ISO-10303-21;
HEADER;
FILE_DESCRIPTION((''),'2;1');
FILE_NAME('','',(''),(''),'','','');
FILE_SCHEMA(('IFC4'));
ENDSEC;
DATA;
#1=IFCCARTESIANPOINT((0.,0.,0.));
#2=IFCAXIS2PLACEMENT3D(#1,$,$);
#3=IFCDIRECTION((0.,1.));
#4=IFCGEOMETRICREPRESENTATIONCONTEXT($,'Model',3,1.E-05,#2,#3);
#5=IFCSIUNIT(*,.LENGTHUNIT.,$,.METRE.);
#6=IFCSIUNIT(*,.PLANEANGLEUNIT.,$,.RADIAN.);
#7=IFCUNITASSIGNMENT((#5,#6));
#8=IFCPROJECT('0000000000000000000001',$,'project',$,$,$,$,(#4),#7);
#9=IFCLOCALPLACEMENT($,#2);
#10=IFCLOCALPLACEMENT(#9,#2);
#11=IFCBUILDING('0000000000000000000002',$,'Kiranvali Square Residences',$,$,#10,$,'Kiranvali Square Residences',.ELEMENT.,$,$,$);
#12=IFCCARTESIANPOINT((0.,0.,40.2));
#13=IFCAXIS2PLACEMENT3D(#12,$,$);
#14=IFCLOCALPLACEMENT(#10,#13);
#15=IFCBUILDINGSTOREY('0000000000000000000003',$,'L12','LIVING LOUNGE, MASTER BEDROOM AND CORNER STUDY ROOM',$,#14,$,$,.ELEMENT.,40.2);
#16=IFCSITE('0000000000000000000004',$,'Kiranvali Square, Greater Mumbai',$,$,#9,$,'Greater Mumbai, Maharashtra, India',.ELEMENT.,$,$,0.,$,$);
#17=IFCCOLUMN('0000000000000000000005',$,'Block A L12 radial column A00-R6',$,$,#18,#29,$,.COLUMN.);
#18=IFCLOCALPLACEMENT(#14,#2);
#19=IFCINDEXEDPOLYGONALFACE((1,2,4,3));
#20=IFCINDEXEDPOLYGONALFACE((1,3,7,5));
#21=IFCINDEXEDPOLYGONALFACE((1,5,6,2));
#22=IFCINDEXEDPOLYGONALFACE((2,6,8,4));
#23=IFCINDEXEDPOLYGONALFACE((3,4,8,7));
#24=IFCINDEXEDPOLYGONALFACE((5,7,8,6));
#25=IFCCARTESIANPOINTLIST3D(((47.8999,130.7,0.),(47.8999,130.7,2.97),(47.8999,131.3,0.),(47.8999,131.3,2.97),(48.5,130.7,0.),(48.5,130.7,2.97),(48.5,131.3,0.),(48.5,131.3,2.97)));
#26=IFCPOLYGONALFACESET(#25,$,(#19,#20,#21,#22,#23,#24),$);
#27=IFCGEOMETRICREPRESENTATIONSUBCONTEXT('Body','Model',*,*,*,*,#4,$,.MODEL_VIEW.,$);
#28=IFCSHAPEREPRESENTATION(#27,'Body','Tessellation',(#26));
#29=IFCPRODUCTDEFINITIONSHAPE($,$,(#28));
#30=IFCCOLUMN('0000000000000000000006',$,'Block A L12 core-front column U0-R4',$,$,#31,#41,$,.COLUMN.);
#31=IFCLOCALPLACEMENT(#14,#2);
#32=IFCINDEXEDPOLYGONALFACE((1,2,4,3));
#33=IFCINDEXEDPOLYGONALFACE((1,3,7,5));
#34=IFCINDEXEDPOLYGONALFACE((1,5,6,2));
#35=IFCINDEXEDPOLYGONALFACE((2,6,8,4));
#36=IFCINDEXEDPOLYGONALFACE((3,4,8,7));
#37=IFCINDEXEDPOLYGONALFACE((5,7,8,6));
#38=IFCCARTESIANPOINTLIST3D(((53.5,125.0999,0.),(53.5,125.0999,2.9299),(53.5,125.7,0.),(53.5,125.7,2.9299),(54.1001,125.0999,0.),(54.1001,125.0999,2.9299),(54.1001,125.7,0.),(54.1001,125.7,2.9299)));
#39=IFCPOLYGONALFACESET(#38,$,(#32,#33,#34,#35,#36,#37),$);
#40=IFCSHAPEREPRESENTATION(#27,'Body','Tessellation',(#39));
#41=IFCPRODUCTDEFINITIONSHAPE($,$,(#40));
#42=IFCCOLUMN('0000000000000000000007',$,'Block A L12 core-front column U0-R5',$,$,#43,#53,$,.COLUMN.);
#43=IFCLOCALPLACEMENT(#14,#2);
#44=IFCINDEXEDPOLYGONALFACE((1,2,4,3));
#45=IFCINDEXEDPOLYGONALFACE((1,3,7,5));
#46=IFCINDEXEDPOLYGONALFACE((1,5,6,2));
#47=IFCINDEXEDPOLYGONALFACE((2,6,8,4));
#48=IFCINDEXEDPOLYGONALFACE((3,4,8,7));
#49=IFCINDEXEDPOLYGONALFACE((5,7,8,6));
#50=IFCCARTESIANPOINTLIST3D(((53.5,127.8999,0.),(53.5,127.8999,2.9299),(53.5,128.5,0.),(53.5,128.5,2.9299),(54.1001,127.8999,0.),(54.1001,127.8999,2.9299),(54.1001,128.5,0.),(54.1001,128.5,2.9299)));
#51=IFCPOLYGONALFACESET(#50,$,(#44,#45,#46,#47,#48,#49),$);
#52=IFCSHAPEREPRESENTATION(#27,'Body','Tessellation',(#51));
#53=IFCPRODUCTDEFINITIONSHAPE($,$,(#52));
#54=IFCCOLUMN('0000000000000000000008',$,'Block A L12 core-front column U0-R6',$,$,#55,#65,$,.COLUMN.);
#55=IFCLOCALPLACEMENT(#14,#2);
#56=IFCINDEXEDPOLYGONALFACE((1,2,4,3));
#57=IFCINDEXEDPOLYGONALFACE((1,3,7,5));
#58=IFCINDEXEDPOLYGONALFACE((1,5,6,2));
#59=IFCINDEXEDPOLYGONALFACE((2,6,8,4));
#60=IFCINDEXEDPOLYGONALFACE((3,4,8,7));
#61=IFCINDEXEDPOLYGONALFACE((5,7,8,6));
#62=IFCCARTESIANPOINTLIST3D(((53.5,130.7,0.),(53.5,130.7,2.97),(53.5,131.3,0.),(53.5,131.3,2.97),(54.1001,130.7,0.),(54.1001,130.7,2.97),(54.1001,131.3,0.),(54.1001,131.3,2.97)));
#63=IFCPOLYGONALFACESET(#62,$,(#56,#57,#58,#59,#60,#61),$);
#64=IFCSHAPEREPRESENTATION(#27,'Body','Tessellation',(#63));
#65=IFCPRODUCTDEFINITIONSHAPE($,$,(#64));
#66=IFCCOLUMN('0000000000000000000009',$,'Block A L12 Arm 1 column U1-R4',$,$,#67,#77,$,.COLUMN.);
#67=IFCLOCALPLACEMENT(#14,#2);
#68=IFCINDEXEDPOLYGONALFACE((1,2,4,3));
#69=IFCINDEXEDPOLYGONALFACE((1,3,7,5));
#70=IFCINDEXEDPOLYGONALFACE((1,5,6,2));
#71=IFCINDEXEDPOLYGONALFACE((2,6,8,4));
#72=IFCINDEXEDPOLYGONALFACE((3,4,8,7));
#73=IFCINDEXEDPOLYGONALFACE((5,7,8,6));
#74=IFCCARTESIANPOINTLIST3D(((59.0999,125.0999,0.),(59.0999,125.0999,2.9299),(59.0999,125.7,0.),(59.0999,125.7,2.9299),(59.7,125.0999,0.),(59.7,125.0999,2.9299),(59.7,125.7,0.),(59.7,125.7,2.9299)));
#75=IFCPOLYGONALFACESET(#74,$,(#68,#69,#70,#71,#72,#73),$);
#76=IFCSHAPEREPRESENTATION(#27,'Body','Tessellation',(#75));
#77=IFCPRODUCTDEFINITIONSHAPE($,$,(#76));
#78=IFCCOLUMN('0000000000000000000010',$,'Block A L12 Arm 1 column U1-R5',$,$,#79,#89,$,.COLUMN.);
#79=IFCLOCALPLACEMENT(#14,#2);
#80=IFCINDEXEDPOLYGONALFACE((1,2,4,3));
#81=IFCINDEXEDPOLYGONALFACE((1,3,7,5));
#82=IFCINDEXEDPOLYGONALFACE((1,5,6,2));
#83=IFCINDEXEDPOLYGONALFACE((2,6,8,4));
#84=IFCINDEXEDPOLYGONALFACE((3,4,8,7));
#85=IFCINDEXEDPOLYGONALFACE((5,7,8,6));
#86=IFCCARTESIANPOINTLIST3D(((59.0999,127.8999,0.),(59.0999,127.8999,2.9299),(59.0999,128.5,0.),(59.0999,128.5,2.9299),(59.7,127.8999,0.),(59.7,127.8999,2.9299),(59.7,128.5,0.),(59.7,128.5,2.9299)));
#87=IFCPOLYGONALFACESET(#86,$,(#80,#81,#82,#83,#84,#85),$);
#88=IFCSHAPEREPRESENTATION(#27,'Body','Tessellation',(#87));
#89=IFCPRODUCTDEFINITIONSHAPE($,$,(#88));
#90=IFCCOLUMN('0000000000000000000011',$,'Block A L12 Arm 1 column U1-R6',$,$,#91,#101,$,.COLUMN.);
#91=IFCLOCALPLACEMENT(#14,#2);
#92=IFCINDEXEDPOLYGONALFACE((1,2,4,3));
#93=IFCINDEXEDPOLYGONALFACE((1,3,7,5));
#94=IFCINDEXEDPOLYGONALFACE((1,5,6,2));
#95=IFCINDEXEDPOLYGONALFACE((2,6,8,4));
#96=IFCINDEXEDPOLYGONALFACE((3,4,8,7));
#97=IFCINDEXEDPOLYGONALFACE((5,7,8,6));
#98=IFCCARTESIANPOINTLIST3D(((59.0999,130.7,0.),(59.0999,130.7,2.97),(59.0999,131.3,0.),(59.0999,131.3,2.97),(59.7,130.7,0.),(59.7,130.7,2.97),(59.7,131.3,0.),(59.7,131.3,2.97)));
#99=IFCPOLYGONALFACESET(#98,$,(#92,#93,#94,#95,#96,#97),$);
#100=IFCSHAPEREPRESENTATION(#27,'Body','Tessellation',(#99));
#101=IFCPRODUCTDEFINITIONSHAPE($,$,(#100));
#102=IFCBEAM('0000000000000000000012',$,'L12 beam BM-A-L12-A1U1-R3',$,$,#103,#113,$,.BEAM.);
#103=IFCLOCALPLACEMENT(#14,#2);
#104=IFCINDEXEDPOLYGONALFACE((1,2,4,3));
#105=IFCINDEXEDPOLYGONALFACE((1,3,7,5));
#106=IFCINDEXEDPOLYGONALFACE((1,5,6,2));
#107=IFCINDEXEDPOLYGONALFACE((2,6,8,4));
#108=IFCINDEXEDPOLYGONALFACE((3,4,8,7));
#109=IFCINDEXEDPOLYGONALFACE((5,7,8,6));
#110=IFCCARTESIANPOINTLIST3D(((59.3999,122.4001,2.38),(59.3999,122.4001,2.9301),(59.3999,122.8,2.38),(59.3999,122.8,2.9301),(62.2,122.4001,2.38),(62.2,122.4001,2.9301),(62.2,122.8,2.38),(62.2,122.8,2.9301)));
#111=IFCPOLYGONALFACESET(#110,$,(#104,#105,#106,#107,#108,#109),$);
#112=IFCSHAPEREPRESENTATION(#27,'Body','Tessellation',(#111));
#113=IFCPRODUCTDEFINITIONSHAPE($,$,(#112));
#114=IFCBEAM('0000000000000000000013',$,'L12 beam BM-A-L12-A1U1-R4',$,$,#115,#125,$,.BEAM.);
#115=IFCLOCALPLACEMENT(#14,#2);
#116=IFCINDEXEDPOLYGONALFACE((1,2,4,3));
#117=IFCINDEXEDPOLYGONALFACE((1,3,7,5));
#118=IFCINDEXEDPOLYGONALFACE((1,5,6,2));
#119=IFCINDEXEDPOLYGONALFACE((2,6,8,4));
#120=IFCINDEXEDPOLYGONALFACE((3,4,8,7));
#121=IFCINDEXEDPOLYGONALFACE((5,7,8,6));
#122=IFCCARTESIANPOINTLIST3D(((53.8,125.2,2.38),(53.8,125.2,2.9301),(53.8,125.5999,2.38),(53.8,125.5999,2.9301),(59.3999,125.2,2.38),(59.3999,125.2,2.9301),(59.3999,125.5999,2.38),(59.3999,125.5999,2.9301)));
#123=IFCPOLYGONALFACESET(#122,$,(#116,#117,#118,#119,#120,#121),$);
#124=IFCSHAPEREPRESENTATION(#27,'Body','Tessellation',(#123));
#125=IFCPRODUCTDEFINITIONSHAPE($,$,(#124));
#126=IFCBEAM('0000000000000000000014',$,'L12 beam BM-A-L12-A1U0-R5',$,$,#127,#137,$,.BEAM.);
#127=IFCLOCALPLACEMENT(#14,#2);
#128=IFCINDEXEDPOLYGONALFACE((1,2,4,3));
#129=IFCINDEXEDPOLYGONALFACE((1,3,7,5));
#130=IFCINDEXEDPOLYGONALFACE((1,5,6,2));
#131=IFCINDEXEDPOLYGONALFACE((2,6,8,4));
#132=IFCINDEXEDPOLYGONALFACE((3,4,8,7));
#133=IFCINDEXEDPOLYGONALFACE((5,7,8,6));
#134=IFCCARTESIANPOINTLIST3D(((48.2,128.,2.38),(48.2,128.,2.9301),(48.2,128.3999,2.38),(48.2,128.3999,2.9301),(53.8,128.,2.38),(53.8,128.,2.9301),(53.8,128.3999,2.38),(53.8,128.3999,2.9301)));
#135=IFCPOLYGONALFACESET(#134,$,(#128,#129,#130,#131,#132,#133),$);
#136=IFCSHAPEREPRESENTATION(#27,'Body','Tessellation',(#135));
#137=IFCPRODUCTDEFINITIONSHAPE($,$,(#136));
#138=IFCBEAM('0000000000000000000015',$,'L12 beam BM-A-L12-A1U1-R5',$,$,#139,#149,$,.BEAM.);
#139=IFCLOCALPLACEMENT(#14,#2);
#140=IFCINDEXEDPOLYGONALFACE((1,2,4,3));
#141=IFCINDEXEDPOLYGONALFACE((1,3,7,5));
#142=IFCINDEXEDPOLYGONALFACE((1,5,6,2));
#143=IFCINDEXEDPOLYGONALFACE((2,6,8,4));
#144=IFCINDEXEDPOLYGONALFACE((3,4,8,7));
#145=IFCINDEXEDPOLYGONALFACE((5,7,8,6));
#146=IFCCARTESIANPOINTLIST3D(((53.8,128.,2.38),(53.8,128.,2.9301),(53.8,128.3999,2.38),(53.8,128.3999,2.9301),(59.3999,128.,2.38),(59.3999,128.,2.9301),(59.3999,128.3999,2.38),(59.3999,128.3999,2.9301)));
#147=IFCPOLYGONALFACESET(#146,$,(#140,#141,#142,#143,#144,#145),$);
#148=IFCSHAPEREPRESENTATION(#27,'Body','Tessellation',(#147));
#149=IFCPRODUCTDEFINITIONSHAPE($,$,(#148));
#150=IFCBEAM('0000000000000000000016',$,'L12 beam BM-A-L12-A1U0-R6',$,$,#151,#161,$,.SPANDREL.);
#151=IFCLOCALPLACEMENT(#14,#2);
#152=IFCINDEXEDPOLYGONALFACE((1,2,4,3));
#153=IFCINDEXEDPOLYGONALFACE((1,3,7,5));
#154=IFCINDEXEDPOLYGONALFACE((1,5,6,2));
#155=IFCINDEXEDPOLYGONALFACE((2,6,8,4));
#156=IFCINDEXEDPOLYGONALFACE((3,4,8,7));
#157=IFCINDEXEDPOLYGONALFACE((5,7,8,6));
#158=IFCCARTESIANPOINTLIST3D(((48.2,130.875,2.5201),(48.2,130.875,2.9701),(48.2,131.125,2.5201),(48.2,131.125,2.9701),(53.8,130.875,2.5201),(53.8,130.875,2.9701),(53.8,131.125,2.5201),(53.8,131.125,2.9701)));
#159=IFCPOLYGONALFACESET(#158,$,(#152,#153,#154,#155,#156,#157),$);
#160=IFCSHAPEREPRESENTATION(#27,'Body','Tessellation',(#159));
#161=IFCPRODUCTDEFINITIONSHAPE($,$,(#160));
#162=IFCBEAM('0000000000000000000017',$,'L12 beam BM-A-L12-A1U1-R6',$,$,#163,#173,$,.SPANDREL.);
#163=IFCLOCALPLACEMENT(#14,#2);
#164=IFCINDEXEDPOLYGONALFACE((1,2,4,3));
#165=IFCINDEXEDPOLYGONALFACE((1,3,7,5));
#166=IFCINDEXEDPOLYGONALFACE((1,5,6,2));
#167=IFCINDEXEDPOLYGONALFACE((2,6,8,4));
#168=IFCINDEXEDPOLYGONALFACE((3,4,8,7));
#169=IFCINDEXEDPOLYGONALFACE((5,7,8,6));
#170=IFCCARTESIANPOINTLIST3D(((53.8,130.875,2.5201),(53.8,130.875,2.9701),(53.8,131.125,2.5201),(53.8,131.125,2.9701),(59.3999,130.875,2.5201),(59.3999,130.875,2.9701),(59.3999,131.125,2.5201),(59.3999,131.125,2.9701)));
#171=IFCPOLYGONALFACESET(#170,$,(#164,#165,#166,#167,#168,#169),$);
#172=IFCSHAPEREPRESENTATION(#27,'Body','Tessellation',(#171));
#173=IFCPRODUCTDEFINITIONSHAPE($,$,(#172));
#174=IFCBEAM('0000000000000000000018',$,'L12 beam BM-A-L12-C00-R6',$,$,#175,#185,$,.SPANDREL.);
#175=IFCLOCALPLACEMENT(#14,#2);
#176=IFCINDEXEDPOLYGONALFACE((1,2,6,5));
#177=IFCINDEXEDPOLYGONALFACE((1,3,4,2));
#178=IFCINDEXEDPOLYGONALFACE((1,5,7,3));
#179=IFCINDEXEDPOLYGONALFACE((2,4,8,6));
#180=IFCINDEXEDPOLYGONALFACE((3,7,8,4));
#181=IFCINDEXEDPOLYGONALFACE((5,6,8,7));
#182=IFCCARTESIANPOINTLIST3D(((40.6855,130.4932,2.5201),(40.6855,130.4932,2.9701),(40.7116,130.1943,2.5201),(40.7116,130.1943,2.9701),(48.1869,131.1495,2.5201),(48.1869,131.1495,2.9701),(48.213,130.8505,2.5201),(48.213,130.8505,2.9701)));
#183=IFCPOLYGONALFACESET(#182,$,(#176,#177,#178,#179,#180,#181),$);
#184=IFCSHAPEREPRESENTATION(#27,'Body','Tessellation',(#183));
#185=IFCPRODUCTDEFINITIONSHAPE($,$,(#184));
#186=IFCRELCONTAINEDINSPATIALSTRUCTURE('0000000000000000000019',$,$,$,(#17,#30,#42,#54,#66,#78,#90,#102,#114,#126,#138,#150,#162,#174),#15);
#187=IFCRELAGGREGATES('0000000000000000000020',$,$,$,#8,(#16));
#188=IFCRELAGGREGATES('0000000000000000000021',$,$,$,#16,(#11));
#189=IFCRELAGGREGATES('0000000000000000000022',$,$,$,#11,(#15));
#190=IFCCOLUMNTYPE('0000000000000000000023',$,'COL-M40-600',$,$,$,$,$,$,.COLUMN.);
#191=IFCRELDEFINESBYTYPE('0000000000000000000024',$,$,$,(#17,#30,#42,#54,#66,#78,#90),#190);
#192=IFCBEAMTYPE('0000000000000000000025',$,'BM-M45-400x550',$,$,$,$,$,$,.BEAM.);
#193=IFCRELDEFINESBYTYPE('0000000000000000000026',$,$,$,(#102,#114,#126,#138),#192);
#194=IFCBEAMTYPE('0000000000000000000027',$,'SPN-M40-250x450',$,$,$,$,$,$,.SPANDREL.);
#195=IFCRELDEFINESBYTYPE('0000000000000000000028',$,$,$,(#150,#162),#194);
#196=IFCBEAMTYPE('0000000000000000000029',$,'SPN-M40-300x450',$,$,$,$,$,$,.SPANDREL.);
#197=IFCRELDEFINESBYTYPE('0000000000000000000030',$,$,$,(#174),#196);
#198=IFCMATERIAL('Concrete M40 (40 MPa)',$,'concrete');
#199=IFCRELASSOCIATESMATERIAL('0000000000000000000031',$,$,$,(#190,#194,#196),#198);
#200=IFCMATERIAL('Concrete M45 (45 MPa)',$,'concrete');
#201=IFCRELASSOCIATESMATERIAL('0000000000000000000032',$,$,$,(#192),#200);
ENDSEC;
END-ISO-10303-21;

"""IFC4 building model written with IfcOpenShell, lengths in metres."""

from ifc_helpers import new_model, si_unit, direction, frame, origin, origin_2d, place, context, subcontext, project, spatial, rectangle, extrude, material, material_profile, profile_set, type_object, element, save


model = new_model("IFC4")

# Units and contexts
model_context = context("Model", 3, precision=1e-05, world=origin(), true_north=direction((0.0, 1.0)))
body_context = subcontext(model_context, "Body", "Model", "MODEL_VIEW")
ifc_project = project(units=[si_unit("LENGTHUNIT", "METRE"), si_unit("PLANEANGLEUNIT", "RADIAN")], contexts=[model_context])

# Site, building, storey
site_placement = place(None, origin())
site = spatial("IfcSite", under=ifc_project, at=site_placement, Name="Kiranvali Square, Greater Mumbai", LongName="Greater Mumbai, Maharashtra, India", CompositionType="ELEMENT", RefElevation=0.0)
building_placement = place(site_placement, origin())
building = spatial("IfcBuilding", under=site, at=building_placement, Name="Kiranvali Square Residences", LongName="Kiranvali Square Residences", CompositionType="ELEMENT")
storey_placement = place(building_placement, frame((0.0, 0.0, 40.2)))
storey = spatial("IfcBuildingStorey", under=building, at=storey_placement, Name="L12", Description="LIVING LOUNGE, MASTER BEDROOM AND CORNER STUDY ROOM", CompositionType="ELEMENT", Elevation=40.2)

# Columns
ifc_material_1 = material(Name="Concrete M40 (40 MPa)", Category="concrete")
ifc_material_profile_1 = material_profile(ifc_material_1, rectangle(XDim=0.6001, YDim=0.6001, at=origin_2d()), Name="RC 600x600")
ifc_profile_set_1 = profile_set([ifc_material_profile_1], Name="Concrete M40 (40 MPa)")
column_type = type_object("IfcColumnType", Name="COL-M40-600", PredefinedType="COLUMN", material=ifc_profile_set_1)
column_1_placement = place(storey_placement, frame((48.2, 131.0, 0.0), z_axis=(0.0, 0.0, 1.0), x_axis=(1.0, 0.0, 0.0)))
element("IfcColumn", 1, at=column_1_placement, inside=storey, type_object=column_type, Name="Block A L12 radial column A00-R6", PredefinedType="COLUMN", context=body_context, shape_type="SweptSolid", body=[
    extrude(rectangle(XDim=0.6001, YDim=0.6001, at=origin_2d()), origin(), (0.0, 0.0, 1.0), 2.97),
])
for number, where, z_axis, x_axis, name in (
    (2, (53.8, 125.3999, 0.0), (0.0, 0.0, 1.0), (1.0, 0.0, 0.0), "Block A L12 core-front column U0-R4"),
    (3, (53.8, 128.2, 0.0), (0.0, 0.0, 1.0), (1.0, 0.0, 0.0), "Block A L12 core-front column U0-R5"),
):
    element("IfcColumn", number, at=place(storey_placement, frame(where, z_axis=z_axis, x_axis=x_axis)), inside=storey, type_object=column_type, Name=name, PredefinedType="COLUMN", context=body_context, shape_type="SweptSolid", body=[
        extrude(rectangle(XDim=0.6001, YDim=0.6001, at=origin_2d()), origin(), (0.0, 0.0, 1.0), 2.9299),
    ])
column_2_placement = place(storey_placement, frame((53.8, 131.0, 0.0), z_axis=(0.0, 0.0, 1.0), x_axis=(1.0, 0.0, 0.0)))
element("IfcColumn", 4, at=column_2_placement, inside=storey, type_object=column_type, Name="Block A L12 core-front column U0-R6", PredefinedType="COLUMN", context=body_context, shape_type="SweptSolid", body=[
    extrude(rectangle(XDim=0.6001, YDim=0.6001, at=origin_2d()), origin(), (0.0, 0.0, 1.0), 2.97),
])
for number, where, z_axis, x_axis, name in (
    (5, (59.3999, 125.3999, 0.0), (0.0, 0.0, 1.0), (1.0, 0.0, 0.0), "Block A L12 Arm 1 column U1-R4"),
    (6, (59.3999, 128.2, 0.0), (0.0, 0.0, 1.0), (1.0, 0.0, 0.0), "Block A L12 Arm 1 column U1-R5"),
):
    element("IfcColumn", number, at=place(storey_placement, frame(where, z_axis=z_axis, x_axis=x_axis)), inside=storey, type_object=column_type, Name=name, PredefinedType="COLUMN", context=body_context, shape_type="SweptSolid", body=[
        extrude(rectangle(XDim=0.6001, YDim=0.6001, at=origin_2d()), origin(), (0.0, 0.0, 1.0), 2.9299),
    ])
column_3_placement = place(storey_placement, frame((59.3999, 131.0, 0.0), z_axis=(0.0, 0.0, 1.0), x_axis=(1.0, 0.0, 0.0)))
element("IfcColumn", 7, at=column_3_placement, inside=storey, type_object=column_type, Name="Block A L12 Arm 1 column U1-R6", PredefinedType="COLUMN", context=body_context, shape_type="SweptSolid", body=[
    extrude(rectangle(XDim=0.6001, YDim=0.6001, at=origin_2d()), origin(), (0.0, 0.0, 1.0), 2.97),
])

# Beams
ifc_material_2 = material(Name="Concrete M45 (45 MPa)", Category="concrete")
ifc_material_profile_2 = material_profile(ifc_material_2, rectangle(XDim=0.3999, YDim=0.55, at=origin_2d()), Name="RC 400x550")
ifc_profile_set_2 = profile_set([ifc_material_profile_2], Name="Concrete M45 (45 MPa)")
beam_type_1 = type_object("IfcBeamType", Name="BM-M45-400x550", PredefinedType="BEAM", material=ifc_profile_set_2)
beam_1_placement = place(storey_placement, frame((59.3999, 122.6001, 2.655), z_axis=(1.0, 0.0, 0.0), x_axis=(0.0, 1.0, 0.0)))
element("IfcBeam", 8, at=beam_1_placement, inside=storey, type_object=beam_type_1, Name="L12 beam BM-A-L12-A1U1-R3", PredefinedType="BEAM", context=body_context, shape_type="SweptSolid", body=[
    extrude(rectangle(XDim=0.3999, YDim=0.55, at=origin_2d()), origin(), (0.0, 0.0, 1.0), 2.8),
])
beam_2_placement = place(storey_placement, frame((53.8, 125.3999, 2.655), z_axis=(1.0, 0.0, 0.0), x_axis=(0.0, 1.0, 0.0)))
element("IfcBeam", 9, at=beam_2_placement, inside=storey, type_object=beam_type_1, Name="L12 beam BM-A-L12-A1U1-R4", PredefinedType="BEAM", context=body_context, shape_type="SweptSolid", body=[
    extrude(rectangle(XDim=0.3999, YDim=0.55, at=origin_2d()), origin(), (0.0, 0.0, 1.0), 5.5999),
])
beam_3_placement = place(storey_placement, frame((48.2, 128.2, 2.655), z_axis=(1.0, 0.0, 0.0), x_axis=(0.0, 1.0, 0.0)))
element("IfcBeam", 10, at=beam_3_placement, inside=storey, type_object=beam_type_1, Name="L12 beam BM-A-L12-A1U0-R5", PredefinedType="BEAM", context=body_context, shape_type="SweptSolid", body=[
    extrude(rectangle(XDim=0.3999, YDim=0.55, at=origin_2d()), origin(), (0.0, 0.0, 1.0), 5.6001),
])
beam_4_placement = place(storey_placement, frame((53.8, 128.2, 2.655), z_axis=(1.0, 0.0, 0.0), x_axis=(0.0, 1.0, 0.0)))
element("IfcBeam", 11, at=beam_4_placement, inside=storey, type_object=beam_type_1, Name="L12 beam BM-A-L12-A1U1-R5", PredefinedType="BEAM", context=body_context, shape_type="SweptSolid", body=[
    extrude(rectangle(XDim=0.3999, YDim=0.55, at=origin_2d()), origin(), (0.0, 0.0, 1.0), 5.5999),
])
ifc_material_profile_3 = material_profile(ifc_material_1, rectangle(XDim=0.25, YDim=0.45, at=origin_2d()), Name="RC 250x450")
ifc_profile_set_3 = profile_set([ifc_material_profile_3], Name="Concrete M40 (40 MPa)")
beam_type_2 = type_object("IfcBeamType", Name="SPN-M40-250x450", PredefinedType="SPANDREL", material=ifc_profile_set_3)
beam_5_placement = place(storey_placement, frame((48.2, 131.0, 2.7451), z_axis=(1.0, 0.0, 0.0), x_axis=(0.0, 1.0, 0.0)))
element("IfcBeam", 12, at=beam_5_placement, inside=storey, type_object=beam_type_2, Name="L12 beam BM-A-L12-A1U0-R6", PredefinedType="SPANDREL", context=body_context, shape_type="SweptSolid", body=[
    extrude(rectangle(XDim=0.25, YDim=0.45, at=origin_2d()), origin(), (0.0, 0.0, 1.0), 5.6001),
])
beam_6_placement = place(storey_placement, frame((53.8, 131.0, 2.7451), z_axis=(1.0, 0.0, 0.0), x_axis=(0.0, 1.0, 0.0)))
element("IfcBeam", 13, at=beam_6_placement, inside=storey, type_object=beam_type_2, Name="L12 beam BM-A-L12-A1U1-R6", PredefinedType="SPANDREL", context=body_context, shape_type="SweptSolid", body=[
    extrude(rectangle(XDim=0.25, YDim=0.45, at=origin_2d()), origin(), (0.0, 0.0, 1.0), 5.5999),
])
ifc_material_profile_4 = material_profile(ifc_material_1, rectangle(XDim=0.3, YDim=0.45, at=origin_2d()), Name="RC 300x450")
ifc_profile_set_4 = profile_set([ifc_material_profile_4], Name="Concrete M40 (40 MPa)")
beam_type_3 = type_object("IfcBeamType", Name="SPN-M40-300x450", PredefinedType="SPANDREL", material=ifc_profile_set_4)
beam_7_placement = place(storey_placement, frame((48.2, 131.0, 2.7451), z_axis=(-0.996195, -0.08715, 0.0), x_axis=(0.08715, -0.996195, 0.0)))
element("IfcBeam", 14, at=beam_7_placement, inside=storey, type_object=beam_type_3, Name="L12 beam BM-A-L12-C00-R6", PredefinedType="SPANDREL", context=body_context, shape_type="SweptSolid", body=[
    extrude(rectangle(XDim=0.3, YDim=0.45, at=origin_2d()), origin(), (0.0, 0.0, 1.0), 7.53),
])

save(model, "model.ifc")
